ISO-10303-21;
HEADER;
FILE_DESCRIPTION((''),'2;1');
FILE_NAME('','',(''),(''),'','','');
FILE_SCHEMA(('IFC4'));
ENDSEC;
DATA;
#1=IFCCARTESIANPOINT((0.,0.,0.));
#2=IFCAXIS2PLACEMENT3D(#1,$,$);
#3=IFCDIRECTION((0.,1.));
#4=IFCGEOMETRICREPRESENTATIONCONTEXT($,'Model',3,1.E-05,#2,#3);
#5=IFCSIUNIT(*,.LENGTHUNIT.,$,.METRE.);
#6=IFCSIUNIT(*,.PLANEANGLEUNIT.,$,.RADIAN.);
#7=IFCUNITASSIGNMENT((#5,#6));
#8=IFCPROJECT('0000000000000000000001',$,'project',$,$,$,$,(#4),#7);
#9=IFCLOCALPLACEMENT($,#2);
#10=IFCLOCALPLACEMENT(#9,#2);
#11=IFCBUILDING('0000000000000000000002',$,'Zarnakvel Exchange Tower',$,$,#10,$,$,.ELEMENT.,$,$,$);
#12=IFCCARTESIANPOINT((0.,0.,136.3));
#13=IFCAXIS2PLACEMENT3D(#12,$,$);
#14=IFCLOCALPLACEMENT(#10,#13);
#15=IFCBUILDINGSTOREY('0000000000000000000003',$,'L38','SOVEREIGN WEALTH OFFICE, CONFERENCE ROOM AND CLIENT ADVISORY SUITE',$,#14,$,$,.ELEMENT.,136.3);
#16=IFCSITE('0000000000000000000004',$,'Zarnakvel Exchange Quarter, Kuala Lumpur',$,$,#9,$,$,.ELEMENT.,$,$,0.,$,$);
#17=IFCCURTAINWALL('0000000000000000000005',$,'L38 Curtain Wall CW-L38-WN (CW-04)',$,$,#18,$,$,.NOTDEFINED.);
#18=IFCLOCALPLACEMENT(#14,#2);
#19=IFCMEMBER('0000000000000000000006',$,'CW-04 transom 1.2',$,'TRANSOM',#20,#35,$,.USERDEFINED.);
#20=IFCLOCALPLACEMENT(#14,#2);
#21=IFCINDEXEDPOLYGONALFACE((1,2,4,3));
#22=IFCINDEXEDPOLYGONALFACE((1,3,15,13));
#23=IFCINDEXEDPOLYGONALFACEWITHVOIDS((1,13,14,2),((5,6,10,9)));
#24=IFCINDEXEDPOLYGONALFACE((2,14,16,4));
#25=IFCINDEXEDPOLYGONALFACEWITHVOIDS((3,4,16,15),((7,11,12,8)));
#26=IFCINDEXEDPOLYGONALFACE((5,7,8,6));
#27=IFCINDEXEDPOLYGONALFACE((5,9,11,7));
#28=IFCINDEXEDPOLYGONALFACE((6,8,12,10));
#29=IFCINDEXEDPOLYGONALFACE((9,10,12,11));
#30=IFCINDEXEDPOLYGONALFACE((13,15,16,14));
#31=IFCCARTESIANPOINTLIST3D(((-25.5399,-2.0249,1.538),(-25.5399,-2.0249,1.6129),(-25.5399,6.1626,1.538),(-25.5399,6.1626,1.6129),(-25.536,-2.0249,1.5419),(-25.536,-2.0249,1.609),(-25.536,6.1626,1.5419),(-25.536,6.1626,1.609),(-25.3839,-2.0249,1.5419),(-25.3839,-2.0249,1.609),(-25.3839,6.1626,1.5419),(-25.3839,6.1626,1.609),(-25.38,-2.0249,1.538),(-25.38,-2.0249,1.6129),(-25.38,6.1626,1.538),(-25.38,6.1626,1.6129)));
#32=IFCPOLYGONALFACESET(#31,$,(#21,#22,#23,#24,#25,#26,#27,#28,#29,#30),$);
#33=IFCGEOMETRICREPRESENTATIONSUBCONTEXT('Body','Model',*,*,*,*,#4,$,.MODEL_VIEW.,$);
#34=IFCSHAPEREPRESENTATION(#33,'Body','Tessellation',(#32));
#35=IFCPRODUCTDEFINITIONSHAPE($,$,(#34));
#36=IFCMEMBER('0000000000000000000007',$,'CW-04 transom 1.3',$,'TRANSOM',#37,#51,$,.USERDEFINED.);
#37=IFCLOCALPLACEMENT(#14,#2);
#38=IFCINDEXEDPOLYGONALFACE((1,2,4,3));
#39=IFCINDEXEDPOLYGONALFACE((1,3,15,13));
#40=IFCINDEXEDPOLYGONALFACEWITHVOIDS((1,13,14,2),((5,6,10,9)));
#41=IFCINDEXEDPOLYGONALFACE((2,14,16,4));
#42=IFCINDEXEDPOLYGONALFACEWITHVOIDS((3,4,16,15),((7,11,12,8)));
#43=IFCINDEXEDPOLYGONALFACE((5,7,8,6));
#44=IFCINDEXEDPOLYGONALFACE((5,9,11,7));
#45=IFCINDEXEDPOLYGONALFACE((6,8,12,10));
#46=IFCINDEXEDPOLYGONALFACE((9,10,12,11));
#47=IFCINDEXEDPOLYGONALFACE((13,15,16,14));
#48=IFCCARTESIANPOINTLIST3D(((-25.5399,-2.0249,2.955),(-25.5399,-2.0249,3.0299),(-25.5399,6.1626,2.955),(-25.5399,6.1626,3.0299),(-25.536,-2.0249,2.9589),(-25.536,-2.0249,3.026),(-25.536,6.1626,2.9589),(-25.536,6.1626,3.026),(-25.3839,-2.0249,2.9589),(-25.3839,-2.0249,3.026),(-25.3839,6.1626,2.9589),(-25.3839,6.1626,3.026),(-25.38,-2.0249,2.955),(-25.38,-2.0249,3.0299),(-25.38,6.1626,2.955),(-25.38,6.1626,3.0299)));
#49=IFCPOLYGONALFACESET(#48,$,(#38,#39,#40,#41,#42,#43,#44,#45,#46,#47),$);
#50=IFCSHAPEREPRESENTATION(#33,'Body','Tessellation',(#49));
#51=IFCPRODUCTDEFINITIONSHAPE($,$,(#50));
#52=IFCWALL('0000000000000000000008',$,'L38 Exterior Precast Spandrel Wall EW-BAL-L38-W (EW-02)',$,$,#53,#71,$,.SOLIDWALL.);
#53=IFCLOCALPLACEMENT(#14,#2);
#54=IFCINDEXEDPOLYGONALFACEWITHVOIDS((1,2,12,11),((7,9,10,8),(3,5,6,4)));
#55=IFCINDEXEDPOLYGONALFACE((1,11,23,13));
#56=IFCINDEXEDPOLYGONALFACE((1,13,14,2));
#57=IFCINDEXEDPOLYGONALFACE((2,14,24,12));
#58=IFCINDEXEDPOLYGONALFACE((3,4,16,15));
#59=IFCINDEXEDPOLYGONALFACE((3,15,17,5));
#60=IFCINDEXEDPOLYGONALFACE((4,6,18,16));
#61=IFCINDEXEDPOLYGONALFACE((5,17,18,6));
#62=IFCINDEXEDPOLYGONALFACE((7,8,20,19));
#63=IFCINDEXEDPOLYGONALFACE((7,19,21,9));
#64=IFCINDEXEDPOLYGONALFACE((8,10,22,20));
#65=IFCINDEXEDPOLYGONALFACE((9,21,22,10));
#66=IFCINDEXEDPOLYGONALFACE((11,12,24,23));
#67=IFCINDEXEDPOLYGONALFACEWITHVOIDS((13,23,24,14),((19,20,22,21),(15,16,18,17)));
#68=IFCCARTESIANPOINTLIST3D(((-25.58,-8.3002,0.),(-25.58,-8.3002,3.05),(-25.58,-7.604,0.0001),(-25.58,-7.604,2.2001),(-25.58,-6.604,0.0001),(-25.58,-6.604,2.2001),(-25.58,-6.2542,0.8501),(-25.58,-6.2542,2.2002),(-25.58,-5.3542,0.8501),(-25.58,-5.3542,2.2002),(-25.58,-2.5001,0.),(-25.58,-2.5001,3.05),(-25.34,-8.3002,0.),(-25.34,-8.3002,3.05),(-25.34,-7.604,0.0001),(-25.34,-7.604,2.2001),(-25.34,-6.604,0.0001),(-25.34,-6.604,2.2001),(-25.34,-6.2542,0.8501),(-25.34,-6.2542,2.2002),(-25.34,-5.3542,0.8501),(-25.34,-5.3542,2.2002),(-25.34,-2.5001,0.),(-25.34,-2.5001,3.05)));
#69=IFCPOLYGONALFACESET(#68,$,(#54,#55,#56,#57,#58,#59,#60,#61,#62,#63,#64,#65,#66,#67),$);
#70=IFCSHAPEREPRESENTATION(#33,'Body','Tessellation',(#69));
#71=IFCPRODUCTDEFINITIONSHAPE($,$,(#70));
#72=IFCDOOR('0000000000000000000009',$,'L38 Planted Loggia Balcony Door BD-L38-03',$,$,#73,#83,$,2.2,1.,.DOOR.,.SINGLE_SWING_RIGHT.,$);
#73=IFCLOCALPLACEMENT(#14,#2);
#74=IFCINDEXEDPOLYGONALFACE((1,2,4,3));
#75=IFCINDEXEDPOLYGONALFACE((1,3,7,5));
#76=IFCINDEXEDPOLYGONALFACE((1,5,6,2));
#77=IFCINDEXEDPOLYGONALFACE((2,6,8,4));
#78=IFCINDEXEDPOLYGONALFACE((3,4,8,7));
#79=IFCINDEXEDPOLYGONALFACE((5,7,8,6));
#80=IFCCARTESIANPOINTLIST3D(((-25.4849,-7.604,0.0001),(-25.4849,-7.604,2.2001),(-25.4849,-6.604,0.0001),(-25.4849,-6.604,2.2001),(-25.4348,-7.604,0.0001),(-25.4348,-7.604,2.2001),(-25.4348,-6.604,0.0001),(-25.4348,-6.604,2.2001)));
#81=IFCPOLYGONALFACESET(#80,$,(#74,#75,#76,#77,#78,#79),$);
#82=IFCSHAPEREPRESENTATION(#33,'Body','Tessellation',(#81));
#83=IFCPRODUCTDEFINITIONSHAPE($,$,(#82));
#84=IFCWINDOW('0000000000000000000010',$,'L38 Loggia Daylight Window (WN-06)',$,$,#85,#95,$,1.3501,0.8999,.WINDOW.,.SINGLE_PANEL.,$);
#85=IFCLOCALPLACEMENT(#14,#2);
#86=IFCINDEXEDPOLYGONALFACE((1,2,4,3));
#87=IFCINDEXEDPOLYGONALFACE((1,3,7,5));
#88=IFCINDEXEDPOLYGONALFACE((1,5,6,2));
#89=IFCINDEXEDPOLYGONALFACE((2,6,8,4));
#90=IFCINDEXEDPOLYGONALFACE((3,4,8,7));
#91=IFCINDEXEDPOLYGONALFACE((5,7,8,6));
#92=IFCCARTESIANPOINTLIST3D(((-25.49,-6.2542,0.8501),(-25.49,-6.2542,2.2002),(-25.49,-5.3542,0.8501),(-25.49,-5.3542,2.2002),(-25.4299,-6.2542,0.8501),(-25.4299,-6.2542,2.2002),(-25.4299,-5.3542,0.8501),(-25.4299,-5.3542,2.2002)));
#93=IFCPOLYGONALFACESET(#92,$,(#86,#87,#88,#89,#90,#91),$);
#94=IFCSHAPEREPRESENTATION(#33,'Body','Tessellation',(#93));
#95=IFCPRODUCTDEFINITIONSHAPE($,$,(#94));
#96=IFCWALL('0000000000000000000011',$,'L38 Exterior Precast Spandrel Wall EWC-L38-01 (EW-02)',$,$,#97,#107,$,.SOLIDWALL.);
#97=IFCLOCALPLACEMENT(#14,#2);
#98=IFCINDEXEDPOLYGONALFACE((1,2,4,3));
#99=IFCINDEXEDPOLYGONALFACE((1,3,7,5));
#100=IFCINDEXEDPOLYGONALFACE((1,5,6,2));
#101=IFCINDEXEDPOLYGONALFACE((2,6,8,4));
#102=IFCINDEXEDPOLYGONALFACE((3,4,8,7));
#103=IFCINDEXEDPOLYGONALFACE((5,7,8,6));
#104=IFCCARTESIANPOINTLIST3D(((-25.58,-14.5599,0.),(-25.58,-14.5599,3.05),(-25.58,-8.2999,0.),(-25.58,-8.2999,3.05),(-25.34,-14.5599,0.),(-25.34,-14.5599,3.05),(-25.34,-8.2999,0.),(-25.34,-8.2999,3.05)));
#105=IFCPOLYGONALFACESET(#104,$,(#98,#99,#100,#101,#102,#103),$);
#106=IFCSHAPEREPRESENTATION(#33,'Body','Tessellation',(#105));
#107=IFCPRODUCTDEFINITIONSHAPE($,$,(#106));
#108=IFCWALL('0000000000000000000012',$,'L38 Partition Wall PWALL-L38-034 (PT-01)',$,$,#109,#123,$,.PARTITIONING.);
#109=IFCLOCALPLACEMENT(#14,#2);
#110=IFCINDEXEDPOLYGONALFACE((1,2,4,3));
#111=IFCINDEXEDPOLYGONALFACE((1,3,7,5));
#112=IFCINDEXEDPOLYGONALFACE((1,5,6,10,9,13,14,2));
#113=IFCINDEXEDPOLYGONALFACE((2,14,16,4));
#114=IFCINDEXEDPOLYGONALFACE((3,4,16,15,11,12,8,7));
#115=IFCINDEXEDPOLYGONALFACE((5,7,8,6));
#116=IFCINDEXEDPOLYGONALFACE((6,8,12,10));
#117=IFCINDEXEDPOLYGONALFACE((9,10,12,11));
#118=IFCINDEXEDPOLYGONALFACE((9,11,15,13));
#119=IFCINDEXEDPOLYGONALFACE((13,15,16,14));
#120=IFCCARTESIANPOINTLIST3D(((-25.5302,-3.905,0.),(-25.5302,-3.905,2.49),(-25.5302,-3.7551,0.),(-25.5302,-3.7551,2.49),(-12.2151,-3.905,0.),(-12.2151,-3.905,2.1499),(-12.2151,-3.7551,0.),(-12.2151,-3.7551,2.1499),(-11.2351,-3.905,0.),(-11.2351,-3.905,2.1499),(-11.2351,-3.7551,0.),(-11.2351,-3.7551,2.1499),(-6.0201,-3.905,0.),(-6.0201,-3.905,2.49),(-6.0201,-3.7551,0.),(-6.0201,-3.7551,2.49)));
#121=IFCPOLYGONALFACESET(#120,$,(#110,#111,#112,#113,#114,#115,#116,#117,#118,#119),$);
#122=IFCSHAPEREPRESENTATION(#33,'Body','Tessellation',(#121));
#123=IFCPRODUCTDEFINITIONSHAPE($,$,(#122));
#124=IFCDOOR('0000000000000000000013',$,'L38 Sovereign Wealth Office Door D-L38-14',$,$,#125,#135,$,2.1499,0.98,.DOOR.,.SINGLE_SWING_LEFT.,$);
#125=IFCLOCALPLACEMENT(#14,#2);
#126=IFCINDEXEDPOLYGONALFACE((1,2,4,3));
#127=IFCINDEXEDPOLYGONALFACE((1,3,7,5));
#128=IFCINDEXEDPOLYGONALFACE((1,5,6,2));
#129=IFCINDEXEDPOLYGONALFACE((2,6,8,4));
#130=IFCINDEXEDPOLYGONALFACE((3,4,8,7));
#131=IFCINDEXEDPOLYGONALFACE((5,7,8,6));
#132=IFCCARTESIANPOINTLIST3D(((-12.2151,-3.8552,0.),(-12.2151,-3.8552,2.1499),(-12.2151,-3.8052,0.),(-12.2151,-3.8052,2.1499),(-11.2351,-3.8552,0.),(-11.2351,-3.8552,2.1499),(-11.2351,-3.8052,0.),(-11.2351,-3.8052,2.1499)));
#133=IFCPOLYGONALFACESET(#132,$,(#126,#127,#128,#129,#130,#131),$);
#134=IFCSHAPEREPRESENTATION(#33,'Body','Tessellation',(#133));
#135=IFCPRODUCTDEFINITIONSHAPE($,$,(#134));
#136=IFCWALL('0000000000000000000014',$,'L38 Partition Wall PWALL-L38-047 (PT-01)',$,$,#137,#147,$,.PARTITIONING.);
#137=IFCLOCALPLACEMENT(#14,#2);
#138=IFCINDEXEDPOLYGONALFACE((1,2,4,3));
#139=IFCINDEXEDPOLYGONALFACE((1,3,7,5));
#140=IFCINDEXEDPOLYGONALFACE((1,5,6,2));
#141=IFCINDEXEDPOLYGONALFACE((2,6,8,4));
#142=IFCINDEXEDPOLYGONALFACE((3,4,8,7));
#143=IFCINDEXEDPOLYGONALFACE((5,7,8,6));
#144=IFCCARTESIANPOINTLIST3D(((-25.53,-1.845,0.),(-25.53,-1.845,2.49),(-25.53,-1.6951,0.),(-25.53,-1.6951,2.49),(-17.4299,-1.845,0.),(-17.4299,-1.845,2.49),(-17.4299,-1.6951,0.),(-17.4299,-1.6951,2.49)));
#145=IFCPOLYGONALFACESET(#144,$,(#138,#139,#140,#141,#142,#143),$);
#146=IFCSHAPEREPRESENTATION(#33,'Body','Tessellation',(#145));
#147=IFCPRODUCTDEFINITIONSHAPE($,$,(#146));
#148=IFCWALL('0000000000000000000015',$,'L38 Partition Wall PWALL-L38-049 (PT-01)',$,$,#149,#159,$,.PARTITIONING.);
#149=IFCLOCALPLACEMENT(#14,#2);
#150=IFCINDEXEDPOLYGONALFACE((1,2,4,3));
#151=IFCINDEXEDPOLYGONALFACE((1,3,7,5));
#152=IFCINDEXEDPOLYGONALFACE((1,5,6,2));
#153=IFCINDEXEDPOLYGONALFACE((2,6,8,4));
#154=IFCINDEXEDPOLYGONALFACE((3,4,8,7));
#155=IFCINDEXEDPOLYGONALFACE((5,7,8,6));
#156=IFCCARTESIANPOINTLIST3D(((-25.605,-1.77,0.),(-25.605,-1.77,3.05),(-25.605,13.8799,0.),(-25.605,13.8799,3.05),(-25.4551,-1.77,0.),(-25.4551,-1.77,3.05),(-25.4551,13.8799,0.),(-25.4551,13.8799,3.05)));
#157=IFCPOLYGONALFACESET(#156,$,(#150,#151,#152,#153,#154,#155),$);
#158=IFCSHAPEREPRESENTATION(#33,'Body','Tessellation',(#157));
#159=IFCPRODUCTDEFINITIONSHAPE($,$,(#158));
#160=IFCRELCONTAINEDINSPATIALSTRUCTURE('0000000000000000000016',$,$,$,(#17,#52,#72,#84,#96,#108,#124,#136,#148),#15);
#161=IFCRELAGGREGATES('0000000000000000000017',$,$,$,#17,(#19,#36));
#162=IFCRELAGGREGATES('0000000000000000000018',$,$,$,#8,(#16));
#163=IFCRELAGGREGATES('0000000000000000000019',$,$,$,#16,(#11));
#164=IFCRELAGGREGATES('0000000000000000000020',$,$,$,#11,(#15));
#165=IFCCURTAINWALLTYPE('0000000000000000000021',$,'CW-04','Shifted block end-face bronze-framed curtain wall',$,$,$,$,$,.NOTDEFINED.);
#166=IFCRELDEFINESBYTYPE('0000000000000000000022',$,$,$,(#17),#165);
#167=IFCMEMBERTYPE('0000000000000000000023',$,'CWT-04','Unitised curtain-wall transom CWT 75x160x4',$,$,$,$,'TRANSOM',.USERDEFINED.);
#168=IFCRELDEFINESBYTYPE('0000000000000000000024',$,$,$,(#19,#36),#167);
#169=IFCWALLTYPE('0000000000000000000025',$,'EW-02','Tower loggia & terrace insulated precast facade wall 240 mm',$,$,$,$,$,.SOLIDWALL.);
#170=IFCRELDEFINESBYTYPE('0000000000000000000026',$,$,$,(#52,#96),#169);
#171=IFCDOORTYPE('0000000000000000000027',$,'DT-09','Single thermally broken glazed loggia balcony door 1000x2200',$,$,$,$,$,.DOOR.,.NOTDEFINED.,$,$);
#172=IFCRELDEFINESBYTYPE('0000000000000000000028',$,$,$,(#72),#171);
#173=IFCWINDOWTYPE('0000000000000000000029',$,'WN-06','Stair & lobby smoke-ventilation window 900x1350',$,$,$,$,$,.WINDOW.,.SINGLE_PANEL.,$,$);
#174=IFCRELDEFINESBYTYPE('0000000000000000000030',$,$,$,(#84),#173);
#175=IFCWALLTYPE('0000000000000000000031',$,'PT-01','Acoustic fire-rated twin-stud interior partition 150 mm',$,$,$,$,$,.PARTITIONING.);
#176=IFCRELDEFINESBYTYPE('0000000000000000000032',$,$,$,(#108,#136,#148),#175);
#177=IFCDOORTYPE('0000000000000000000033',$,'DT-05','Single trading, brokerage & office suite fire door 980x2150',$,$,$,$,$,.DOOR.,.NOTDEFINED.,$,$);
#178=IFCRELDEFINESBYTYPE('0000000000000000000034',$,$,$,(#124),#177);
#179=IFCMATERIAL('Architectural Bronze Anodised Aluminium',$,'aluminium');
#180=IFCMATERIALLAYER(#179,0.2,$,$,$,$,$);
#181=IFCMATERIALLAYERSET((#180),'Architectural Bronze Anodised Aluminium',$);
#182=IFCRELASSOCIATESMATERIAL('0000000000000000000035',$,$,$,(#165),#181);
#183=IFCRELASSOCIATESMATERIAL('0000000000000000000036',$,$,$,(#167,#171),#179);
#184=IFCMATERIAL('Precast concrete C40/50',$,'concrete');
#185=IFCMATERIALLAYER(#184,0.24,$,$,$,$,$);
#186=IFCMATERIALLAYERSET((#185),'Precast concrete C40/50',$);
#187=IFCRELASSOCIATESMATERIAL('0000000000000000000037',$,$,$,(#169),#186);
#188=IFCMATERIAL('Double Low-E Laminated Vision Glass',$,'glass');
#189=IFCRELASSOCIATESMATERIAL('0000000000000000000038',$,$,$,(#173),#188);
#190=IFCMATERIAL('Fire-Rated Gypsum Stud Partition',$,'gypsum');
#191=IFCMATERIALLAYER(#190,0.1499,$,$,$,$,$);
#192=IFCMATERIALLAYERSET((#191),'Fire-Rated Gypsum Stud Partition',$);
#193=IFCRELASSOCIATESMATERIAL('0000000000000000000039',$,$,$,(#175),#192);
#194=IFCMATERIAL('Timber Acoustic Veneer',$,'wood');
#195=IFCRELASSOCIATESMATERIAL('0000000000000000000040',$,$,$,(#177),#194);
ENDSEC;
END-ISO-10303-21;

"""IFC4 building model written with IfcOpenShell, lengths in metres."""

from ifc_helpers import new_model, si_unit, direction, frame, frame_2d, origin, origin_2d, place, context, subcontext, project, spatial, rectangle, hollow_rectangle, extrude, source, transform, mapped, material, layer, layer_set, material_profile, profile_set, type_object, element, fill, aggregate, save


model = new_model("IFC4")

# Units and contexts
model_context = context("Model", 3, precision=1e-05, world=origin(), true_north=direction((0.0, 1.0)))
body_context = subcontext(model_context, "Body", "Model", "MODEL_VIEW")
ifc_project = project(units=[si_unit("LENGTHUNIT", "METRE"), si_unit("PLANEANGLEUNIT", "RADIAN")], contexts=[model_context])

# Site, building, storey
site_placement = place(None, origin())
site = spatial("IfcSite", under=ifc_project, at=site_placement, Name="Zarnakvel Exchange Quarter, Kuala Lumpur", CompositionType="ELEMENT", RefElevation=0.0)
building_placement = place(site_placement, origin())
building = spatial("IfcBuilding", under=site, at=building_placement, Name="Zarnakvel Exchange Tower", CompositionType="ELEMENT")
storey_placement = place(building_placement, frame((0.0, 0.0, 136.3)))
storey = spatial("IfcBuildingStorey", under=building, at=storey_placement, Name="L38", Description="SOVEREIGN WEALTH OFFICE, CONFERENCE ROOM AND CLIENT ADVISORY SUITE", CompositionType="ELEMENT", Elevation=136.3)

# Curtain wall, members
ifc_material_1 = material(Name="Architectural Bronze Anodised Aluminium", Category="aluminium")
ifc_layer_1 = layer(ifc_material_1, 0.2)
ifc_layer_set_1 = layer_set([ifc_layer_1], Name="Architectural Bronze Anodised Aluminium")
curtain_wall_type = type_object("IfcCurtainWallType", Name="CW-04", Description="Shifted block end-face bronze-framed curtain wall", PredefinedType="NOTDEFINED", material=ifc_layer_set_1)
curtain_wall_placement = place(storey_placement, origin())
curtain_wall = element("IfcCurtainWall", 1, at=curtain_wall_placement, inside=storey, type_object=curtain_wall_type, Name="L38 Curtain Wall CW-L38-WN (CW-04)", PredefinedType="NOTDEFINED")
ifc_material_profile_1 = material_profile(ifc_material_1, hollow_rectangle(XDim=0.1599, YDim=0.075, WallThickness=0.0039, at=origin_2d()))
ifc_profile_set_1 = profile_set([ifc_material_profile_1], Name="Architectural Bronze Anodised Aluminium")
member_type_1 = type_object("IfcMemberType", Name="CWT-04", Description="Unitised curtain-wall transom CWT 75x160x4", ElementType="TRANSOM", PredefinedType="USERDEFINED", material=ifc_profile_set_1)
shared_shape_1 = source(origin(), body_context, "Body", "SweptSolid", [
    extrude(hollow_rectangle(XDim=0.1599, YDim=0.075, WallThickness=0.0039, at=origin_2d()), origin(), (0.0, 0.0, 1.0), 8.1875),
])
member_1_placement = place(storey_placement, frame((-25.46, -2.0249, 1.5754), z_axis=(0.0, 1.0, 0.0), x_axis=(-1.0, 0.0, 0.0)))
member_1 = element("IfcMember", 2, at=member_1_placement, type_object=member_type_1, Name="CW-04 transom 1.2", ObjectType="TRANSOM", PredefinedType="USERDEFINED", context=body_context, shape_type="MappedRepresentation", body=[
    mapped(shared_shape_1, transform((0.0, 0.0, 0.0), x_axis=(1.0, 0.0, 0.0), y_axis=(0.0, 1.0, 0.0), z_axis=(0.0, 0.0, 1.0), scale=1.0)),
])
member_2_placement = place(storey_placement, frame((-25.46, -2.0249, 2.9924), z_axis=(0.0, 1.0, 0.0), x_axis=(-1.0, 0.0, 0.0)))
member_2 = element("IfcMember", 3, at=member_2_placement, type_object=member_type_1, Name="CW-04 transom 1.3", ObjectType="TRANSOM", PredefinedType="USERDEFINED", context=body_context, shape_type="MappedRepresentation", body=[
    mapped(shared_shape_1, transform((0.0, 0.0, 0.0), x_axis=(1.0, 0.0, 0.0), y_axis=(0.0, 1.0, 0.0), z_axis=(0.0, 0.0, 1.0), scale=1.0)),
])
aggregate(curtain_wall, [member_1, member_2])

# Wall, openings, door, window
ifc_material_2 = material(Name="Precast concrete C40/50", Category="concrete")
ifc_layer_2 = layer(ifc_material_2, 0.24)
ifc_layer_set_2 = layer_set([ifc_layer_2], Name="Precast concrete C40/50")
wall_type_1 = type_object("IfcWallType", Name="EW-02", Description="Tower loggia & terrace insulated precast facade wall 240 mm", PredefinedType="SOLIDWALL", material=ifc_layer_set_2)
wall_1_placement = place(storey_placement, frame((-25.46, -8.3, 0.0), z_axis=(0.0, 0.0, 1.0), x_axis=(0.0, 1.0, 0.0)))
wall_1 = element("IfcWall", 4, at=wall_1_placement, inside=storey, type_object=wall_type_1, Name="L38 Exterior Precast Spandrel Wall EW-BAL-L38-W (EW-02)", PredefinedType="SOLIDWALL", context=body_context, shape_type="SweptSolid", body=[
    extrude(rectangle(XDim=5.8, YDim=0.24, at=frame_2d((2.8999, 0.0))), origin(), (0.0, 0.0, 1.0), 3.05),
])
opening_1_placement = place(wall_1_placement, frame((0.696, 0.0, 0.0)))
opening_1 = element("IfcOpeningElement", 5, at=opening_1_placement, cuts=wall_1, PredefinedType="OPENING", context=body_context, shape_type="SweptSolid", body=[
    extrude(rectangle(XDim=1.0, YDim=2.2, at=frame_2d((0.5, 1.1001))), frame((0.0, 0.1299, 0.0), z_axis=(0.0, -1.0, 0.0), x_axis=(1.0, 0.0, 0.0)), (0.0, 0.0, 1.0), 0.26),
])
opening_2_placement = place(wall_1_placement, frame((2.0459, 0.0, 0.8501)))
opening_2 = element("IfcOpeningElement", 6, at=opening_2_placement, cuts=wall_1, PredefinedType="OPENING", context=body_context, shape_type="SweptSolid", body=[
    extrude(rectangle(XDim=0.8999, YDim=1.3501, at=frame_2d((0.45, 0.675))), frame((0.0, 0.1299, 0.0), z_axis=(0.0, -1.0, 0.0), x_axis=(1.0, 0.0, 0.0)), (0.0, 0.0, 1.0), 0.26),
])
door_type_1 = type_object("IfcDoorType", Name="DT-09", Description="Single thermally broken glazed loggia balcony door 1000x2200", OperationType="NOTDEFINED", PredefinedType="DOOR", material=ifc_material_1)
shared_shape_2 = source(origin(), body_context, "Body", "SweptSolid", [
    extrude(rectangle(XDim=1.0, YDim=2.2, at=frame_2d((0.5, 1.1001))), frame((0.0, 0.0249, 0.0), z_axis=(0.0, -1.0, 0.0), x_axis=(1.0, 0.0, 0.0)), (0.0, 0.0, 1.0), 0.05),
])
door_1_placement = place(opening_1_placement, origin())
door_1 = element("IfcDoor", 7, at=door_1_placement, inside=storey, type_object=door_type_1, Name="L38 Planted Loggia Balcony Door BD-L38-03", OperationType="SINGLE_SWING_RIGHT", OverallHeight=2.2, OverallWidth=1.0, PredefinedType="DOOR", context=body_context, shape_type="MappedRepresentation", body=[
    mapped(shared_shape_2, transform((0.0, 0.0, 0.0), x_axis=(1.0, 0.0, 0.0), y_axis=(0.0, 1.0, 0.0), z_axis=(0.0, 0.0, 1.0), scale=1.0)),
])
fill(opening_1, door_1)
ifc_material_3 = material(Name="Double Low-E Laminated Vision Glass", Category="glass")
window_type = type_object("IfcWindowType", Name="WN-06", Description="Stair & lobby smoke-ventilation window 900x1350", PartitioningType="SINGLE_PANEL", PredefinedType="WINDOW", material=ifc_material_3)
shared_shape_3 = source(origin(), body_context, "Body", "SweptSolid", [
    extrude(rectangle(XDim=0.8999, YDim=1.3501, at=frame_2d((0.45, 0.675))), frame((0.0, 0.03, 0.0), z_axis=(0.0, -1.0, 0.0), x_axis=(1.0, 0.0, 0.0)), (0.0, 0.0, 1.0), 0.0601),
])
window_placement = place(opening_2_placement, origin())
window = element("IfcWindow", 8, at=window_placement, inside=storey, type_object=window_type, Name="L38 Loggia Daylight Window (WN-06)", OverallHeight=1.3501, OverallWidth=0.8999, PartitioningType="SINGLE_PANEL", PredefinedType="WINDOW", context=body_context, shape_type="MappedRepresentation", body=[
    mapped(shared_shape_3, transform((0.0, 0.0, 0.0), x_axis=(1.0, 0.0, 0.0), y_axis=(0.0, 1.0, 0.0), z_axis=(0.0, 0.0, 1.0), scale=1.0)),
])
fill(opening_2, window)

# Wall
wall_2_placement = place(storey_placement, frame((-25.46, -8.3, 0.0), z_axis=(0.0, 0.0, 1.0), x_axis=(0.0, -1.0, 0.0)))
element("IfcWall", 9, at=wall_2_placement, inside=storey, type_object=wall_type_1, Name="L38 Exterior Precast Spandrel Wall EWC-L38-01 (EW-02)", PredefinedType="SOLIDWALL", context=body_context, shape_type="SweptSolid", body=[
    extrude(rectangle(XDim=6.26, YDim=0.24, at=frame_2d((3.1299, 0.0))), origin(), (0.0, 0.0, 1.0), 3.05),
])

# Wall, opening, door
ifc_material_4 = material(Name="Fire-Rated Gypsum Stud Partition", Category="gypsum")
ifc_layer_3 = layer(ifc_material_4, 0.1499)
ifc_layer_set_3 = layer_set([ifc_layer_3], Name="Fire-Rated Gypsum Stud Partition")
wall_type_2 = type_object("IfcWallType", Name="PT-01", Description="Acoustic fire-rated twin-stud interior partition 150 mm", PredefinedType="PARTITIONING", material=ifc_layer_set_3)
wall_3_placement = place(storey_placement, frame((-25.53, -3.8301, 0.0), z_axis=(0.0, 0.0, 1.0), x_axis=(1.0, 0.0, 0.0)))
wall_3 = element("IfcWall", 10, at=wall_3_placement, inside=storey, type_object=wall_type_2, Name="L38 Partition Wall PWALL-L38-034 (PT-01)", PredefinedType="PARTITIONING", context=body_context, shape_type="SweptSolid", body=[
    extrude(rectangle(XDim=19.51, YDim=0.1499, at=frame_2d((9.7549, 0.0))), origin(), (0.0, 0.0, 1.0), 2.49),
])
opening_3_placement = place(wall_3_placement, frame((13.3149, 0.0, 0.0)))
opening_3 = element("IfcOpeningElement", 11, at=opening_3_placement, cuts=wall_3, PredefinedType="OPENING", context=body_context, shape_type="SweptSolid", body=[
    extrude(rectangle(XDim=0.98, YDim=2.1499, at=frame_2d((0.49, 1.075))), frame((0.0, 0.085, 0.0), z_axis=(0.0, -1.0, 0.0), x_axis=(1.0, 0.0, 0.0)), (0.0, 0.0, 1.0), 0.1699),
])
ifc_material_5 = material(Name="Timber Acoustic Veneer", Category="wood")
door_type_2 = type_object("IfcDoorType", Name="DT-05", Description="Single trading, brokerage & office suite fire door 980x2150", OperationType="NOTDEFINED", PredefinedType="DOOR", material=ifc_material_5)
shared_shape_4 = source(origin(), body_context, "Body", "SweptSolid", [
    extrude(rectangle(XDim=0.98, YDim=2.1499, at=frame_2d((0.49, 1.075))), frame((0.0, 0.0249, 0.0), z_axis=(0.0, -1.0, 0.0), x_axis=(1.0, 0.0, 0.0)), (0.0, 0.0, 1.0), 0.05),
])
door_2_placement = place(opening_3_placement, origin())
door_2 = element("IfcDoor", 12, at=door_2_placement, inside=storey, type_object=door_type_2, Name="L38 Sovereign Wealth Office Door D-L38-14", OperationType="SINGLE_SWING_LEFT", OverallHeight=2.1499, OverallWidth=0.98, PredefinedType="DOOR", context=body_context, shape_type="MappedRepresentation", body=[
    mapped(shared_shape_4, transform((0.0, 0.0, 0.0), x_axis=(1.0, 0.0, 0.0), y_axis=(0.0, 1.0, 0.0), z_axis=(0.0, 0.0, 1.0), scale=1.0)),
])
fill(opening_3, door_2)

# Walls
wall_4_placement = place(storey_placement, frame((-17.4299, -1.77, 0.0), z_axis=(0.0, 0.0, 1.0), x_axis=(-1.0, 0.0, 0.0)))
element("IfcWall", 13, at=wall_4_placement, inside=storey, type_object=wall_type_2, Name="L38 Partition Wall PWALL-L38-047 (PT-01)", PredefinedType="PARTITIONING", context=body_context, shape_type="SweptSolid", body=[
    extrude(rectangle(XDim=8.1001, YDim=0.1499, at=frame_2d((4.05, 0.0))), origin(), (0.0, 0.0, 1.0), 2.49),
])
wall_5_placement = place(storey_placement, frame((-25.53, -1.77, 0.0), z_axis=(0.0, 0.0, 1.0), x_axis=(0.0, 1.0, 0.0)))
element("IfcWall", 14, at=wall_5_placement, inside=storey, type_object=wall_type_2, Name="L38 Partition Wall PWALL-L38-049 (PT-01)", PredefinedType="PARTITIONING", context=body_context, shape_type="SweptSolid", body=[
    extrude(rectangle(XDim=15.6499, YDim=0.1499, at=frame_2d((7.825, 0.0))), origin(), (0.0, 0.0, 1.0), 3.05),
])

save(model, "model.ifc")
